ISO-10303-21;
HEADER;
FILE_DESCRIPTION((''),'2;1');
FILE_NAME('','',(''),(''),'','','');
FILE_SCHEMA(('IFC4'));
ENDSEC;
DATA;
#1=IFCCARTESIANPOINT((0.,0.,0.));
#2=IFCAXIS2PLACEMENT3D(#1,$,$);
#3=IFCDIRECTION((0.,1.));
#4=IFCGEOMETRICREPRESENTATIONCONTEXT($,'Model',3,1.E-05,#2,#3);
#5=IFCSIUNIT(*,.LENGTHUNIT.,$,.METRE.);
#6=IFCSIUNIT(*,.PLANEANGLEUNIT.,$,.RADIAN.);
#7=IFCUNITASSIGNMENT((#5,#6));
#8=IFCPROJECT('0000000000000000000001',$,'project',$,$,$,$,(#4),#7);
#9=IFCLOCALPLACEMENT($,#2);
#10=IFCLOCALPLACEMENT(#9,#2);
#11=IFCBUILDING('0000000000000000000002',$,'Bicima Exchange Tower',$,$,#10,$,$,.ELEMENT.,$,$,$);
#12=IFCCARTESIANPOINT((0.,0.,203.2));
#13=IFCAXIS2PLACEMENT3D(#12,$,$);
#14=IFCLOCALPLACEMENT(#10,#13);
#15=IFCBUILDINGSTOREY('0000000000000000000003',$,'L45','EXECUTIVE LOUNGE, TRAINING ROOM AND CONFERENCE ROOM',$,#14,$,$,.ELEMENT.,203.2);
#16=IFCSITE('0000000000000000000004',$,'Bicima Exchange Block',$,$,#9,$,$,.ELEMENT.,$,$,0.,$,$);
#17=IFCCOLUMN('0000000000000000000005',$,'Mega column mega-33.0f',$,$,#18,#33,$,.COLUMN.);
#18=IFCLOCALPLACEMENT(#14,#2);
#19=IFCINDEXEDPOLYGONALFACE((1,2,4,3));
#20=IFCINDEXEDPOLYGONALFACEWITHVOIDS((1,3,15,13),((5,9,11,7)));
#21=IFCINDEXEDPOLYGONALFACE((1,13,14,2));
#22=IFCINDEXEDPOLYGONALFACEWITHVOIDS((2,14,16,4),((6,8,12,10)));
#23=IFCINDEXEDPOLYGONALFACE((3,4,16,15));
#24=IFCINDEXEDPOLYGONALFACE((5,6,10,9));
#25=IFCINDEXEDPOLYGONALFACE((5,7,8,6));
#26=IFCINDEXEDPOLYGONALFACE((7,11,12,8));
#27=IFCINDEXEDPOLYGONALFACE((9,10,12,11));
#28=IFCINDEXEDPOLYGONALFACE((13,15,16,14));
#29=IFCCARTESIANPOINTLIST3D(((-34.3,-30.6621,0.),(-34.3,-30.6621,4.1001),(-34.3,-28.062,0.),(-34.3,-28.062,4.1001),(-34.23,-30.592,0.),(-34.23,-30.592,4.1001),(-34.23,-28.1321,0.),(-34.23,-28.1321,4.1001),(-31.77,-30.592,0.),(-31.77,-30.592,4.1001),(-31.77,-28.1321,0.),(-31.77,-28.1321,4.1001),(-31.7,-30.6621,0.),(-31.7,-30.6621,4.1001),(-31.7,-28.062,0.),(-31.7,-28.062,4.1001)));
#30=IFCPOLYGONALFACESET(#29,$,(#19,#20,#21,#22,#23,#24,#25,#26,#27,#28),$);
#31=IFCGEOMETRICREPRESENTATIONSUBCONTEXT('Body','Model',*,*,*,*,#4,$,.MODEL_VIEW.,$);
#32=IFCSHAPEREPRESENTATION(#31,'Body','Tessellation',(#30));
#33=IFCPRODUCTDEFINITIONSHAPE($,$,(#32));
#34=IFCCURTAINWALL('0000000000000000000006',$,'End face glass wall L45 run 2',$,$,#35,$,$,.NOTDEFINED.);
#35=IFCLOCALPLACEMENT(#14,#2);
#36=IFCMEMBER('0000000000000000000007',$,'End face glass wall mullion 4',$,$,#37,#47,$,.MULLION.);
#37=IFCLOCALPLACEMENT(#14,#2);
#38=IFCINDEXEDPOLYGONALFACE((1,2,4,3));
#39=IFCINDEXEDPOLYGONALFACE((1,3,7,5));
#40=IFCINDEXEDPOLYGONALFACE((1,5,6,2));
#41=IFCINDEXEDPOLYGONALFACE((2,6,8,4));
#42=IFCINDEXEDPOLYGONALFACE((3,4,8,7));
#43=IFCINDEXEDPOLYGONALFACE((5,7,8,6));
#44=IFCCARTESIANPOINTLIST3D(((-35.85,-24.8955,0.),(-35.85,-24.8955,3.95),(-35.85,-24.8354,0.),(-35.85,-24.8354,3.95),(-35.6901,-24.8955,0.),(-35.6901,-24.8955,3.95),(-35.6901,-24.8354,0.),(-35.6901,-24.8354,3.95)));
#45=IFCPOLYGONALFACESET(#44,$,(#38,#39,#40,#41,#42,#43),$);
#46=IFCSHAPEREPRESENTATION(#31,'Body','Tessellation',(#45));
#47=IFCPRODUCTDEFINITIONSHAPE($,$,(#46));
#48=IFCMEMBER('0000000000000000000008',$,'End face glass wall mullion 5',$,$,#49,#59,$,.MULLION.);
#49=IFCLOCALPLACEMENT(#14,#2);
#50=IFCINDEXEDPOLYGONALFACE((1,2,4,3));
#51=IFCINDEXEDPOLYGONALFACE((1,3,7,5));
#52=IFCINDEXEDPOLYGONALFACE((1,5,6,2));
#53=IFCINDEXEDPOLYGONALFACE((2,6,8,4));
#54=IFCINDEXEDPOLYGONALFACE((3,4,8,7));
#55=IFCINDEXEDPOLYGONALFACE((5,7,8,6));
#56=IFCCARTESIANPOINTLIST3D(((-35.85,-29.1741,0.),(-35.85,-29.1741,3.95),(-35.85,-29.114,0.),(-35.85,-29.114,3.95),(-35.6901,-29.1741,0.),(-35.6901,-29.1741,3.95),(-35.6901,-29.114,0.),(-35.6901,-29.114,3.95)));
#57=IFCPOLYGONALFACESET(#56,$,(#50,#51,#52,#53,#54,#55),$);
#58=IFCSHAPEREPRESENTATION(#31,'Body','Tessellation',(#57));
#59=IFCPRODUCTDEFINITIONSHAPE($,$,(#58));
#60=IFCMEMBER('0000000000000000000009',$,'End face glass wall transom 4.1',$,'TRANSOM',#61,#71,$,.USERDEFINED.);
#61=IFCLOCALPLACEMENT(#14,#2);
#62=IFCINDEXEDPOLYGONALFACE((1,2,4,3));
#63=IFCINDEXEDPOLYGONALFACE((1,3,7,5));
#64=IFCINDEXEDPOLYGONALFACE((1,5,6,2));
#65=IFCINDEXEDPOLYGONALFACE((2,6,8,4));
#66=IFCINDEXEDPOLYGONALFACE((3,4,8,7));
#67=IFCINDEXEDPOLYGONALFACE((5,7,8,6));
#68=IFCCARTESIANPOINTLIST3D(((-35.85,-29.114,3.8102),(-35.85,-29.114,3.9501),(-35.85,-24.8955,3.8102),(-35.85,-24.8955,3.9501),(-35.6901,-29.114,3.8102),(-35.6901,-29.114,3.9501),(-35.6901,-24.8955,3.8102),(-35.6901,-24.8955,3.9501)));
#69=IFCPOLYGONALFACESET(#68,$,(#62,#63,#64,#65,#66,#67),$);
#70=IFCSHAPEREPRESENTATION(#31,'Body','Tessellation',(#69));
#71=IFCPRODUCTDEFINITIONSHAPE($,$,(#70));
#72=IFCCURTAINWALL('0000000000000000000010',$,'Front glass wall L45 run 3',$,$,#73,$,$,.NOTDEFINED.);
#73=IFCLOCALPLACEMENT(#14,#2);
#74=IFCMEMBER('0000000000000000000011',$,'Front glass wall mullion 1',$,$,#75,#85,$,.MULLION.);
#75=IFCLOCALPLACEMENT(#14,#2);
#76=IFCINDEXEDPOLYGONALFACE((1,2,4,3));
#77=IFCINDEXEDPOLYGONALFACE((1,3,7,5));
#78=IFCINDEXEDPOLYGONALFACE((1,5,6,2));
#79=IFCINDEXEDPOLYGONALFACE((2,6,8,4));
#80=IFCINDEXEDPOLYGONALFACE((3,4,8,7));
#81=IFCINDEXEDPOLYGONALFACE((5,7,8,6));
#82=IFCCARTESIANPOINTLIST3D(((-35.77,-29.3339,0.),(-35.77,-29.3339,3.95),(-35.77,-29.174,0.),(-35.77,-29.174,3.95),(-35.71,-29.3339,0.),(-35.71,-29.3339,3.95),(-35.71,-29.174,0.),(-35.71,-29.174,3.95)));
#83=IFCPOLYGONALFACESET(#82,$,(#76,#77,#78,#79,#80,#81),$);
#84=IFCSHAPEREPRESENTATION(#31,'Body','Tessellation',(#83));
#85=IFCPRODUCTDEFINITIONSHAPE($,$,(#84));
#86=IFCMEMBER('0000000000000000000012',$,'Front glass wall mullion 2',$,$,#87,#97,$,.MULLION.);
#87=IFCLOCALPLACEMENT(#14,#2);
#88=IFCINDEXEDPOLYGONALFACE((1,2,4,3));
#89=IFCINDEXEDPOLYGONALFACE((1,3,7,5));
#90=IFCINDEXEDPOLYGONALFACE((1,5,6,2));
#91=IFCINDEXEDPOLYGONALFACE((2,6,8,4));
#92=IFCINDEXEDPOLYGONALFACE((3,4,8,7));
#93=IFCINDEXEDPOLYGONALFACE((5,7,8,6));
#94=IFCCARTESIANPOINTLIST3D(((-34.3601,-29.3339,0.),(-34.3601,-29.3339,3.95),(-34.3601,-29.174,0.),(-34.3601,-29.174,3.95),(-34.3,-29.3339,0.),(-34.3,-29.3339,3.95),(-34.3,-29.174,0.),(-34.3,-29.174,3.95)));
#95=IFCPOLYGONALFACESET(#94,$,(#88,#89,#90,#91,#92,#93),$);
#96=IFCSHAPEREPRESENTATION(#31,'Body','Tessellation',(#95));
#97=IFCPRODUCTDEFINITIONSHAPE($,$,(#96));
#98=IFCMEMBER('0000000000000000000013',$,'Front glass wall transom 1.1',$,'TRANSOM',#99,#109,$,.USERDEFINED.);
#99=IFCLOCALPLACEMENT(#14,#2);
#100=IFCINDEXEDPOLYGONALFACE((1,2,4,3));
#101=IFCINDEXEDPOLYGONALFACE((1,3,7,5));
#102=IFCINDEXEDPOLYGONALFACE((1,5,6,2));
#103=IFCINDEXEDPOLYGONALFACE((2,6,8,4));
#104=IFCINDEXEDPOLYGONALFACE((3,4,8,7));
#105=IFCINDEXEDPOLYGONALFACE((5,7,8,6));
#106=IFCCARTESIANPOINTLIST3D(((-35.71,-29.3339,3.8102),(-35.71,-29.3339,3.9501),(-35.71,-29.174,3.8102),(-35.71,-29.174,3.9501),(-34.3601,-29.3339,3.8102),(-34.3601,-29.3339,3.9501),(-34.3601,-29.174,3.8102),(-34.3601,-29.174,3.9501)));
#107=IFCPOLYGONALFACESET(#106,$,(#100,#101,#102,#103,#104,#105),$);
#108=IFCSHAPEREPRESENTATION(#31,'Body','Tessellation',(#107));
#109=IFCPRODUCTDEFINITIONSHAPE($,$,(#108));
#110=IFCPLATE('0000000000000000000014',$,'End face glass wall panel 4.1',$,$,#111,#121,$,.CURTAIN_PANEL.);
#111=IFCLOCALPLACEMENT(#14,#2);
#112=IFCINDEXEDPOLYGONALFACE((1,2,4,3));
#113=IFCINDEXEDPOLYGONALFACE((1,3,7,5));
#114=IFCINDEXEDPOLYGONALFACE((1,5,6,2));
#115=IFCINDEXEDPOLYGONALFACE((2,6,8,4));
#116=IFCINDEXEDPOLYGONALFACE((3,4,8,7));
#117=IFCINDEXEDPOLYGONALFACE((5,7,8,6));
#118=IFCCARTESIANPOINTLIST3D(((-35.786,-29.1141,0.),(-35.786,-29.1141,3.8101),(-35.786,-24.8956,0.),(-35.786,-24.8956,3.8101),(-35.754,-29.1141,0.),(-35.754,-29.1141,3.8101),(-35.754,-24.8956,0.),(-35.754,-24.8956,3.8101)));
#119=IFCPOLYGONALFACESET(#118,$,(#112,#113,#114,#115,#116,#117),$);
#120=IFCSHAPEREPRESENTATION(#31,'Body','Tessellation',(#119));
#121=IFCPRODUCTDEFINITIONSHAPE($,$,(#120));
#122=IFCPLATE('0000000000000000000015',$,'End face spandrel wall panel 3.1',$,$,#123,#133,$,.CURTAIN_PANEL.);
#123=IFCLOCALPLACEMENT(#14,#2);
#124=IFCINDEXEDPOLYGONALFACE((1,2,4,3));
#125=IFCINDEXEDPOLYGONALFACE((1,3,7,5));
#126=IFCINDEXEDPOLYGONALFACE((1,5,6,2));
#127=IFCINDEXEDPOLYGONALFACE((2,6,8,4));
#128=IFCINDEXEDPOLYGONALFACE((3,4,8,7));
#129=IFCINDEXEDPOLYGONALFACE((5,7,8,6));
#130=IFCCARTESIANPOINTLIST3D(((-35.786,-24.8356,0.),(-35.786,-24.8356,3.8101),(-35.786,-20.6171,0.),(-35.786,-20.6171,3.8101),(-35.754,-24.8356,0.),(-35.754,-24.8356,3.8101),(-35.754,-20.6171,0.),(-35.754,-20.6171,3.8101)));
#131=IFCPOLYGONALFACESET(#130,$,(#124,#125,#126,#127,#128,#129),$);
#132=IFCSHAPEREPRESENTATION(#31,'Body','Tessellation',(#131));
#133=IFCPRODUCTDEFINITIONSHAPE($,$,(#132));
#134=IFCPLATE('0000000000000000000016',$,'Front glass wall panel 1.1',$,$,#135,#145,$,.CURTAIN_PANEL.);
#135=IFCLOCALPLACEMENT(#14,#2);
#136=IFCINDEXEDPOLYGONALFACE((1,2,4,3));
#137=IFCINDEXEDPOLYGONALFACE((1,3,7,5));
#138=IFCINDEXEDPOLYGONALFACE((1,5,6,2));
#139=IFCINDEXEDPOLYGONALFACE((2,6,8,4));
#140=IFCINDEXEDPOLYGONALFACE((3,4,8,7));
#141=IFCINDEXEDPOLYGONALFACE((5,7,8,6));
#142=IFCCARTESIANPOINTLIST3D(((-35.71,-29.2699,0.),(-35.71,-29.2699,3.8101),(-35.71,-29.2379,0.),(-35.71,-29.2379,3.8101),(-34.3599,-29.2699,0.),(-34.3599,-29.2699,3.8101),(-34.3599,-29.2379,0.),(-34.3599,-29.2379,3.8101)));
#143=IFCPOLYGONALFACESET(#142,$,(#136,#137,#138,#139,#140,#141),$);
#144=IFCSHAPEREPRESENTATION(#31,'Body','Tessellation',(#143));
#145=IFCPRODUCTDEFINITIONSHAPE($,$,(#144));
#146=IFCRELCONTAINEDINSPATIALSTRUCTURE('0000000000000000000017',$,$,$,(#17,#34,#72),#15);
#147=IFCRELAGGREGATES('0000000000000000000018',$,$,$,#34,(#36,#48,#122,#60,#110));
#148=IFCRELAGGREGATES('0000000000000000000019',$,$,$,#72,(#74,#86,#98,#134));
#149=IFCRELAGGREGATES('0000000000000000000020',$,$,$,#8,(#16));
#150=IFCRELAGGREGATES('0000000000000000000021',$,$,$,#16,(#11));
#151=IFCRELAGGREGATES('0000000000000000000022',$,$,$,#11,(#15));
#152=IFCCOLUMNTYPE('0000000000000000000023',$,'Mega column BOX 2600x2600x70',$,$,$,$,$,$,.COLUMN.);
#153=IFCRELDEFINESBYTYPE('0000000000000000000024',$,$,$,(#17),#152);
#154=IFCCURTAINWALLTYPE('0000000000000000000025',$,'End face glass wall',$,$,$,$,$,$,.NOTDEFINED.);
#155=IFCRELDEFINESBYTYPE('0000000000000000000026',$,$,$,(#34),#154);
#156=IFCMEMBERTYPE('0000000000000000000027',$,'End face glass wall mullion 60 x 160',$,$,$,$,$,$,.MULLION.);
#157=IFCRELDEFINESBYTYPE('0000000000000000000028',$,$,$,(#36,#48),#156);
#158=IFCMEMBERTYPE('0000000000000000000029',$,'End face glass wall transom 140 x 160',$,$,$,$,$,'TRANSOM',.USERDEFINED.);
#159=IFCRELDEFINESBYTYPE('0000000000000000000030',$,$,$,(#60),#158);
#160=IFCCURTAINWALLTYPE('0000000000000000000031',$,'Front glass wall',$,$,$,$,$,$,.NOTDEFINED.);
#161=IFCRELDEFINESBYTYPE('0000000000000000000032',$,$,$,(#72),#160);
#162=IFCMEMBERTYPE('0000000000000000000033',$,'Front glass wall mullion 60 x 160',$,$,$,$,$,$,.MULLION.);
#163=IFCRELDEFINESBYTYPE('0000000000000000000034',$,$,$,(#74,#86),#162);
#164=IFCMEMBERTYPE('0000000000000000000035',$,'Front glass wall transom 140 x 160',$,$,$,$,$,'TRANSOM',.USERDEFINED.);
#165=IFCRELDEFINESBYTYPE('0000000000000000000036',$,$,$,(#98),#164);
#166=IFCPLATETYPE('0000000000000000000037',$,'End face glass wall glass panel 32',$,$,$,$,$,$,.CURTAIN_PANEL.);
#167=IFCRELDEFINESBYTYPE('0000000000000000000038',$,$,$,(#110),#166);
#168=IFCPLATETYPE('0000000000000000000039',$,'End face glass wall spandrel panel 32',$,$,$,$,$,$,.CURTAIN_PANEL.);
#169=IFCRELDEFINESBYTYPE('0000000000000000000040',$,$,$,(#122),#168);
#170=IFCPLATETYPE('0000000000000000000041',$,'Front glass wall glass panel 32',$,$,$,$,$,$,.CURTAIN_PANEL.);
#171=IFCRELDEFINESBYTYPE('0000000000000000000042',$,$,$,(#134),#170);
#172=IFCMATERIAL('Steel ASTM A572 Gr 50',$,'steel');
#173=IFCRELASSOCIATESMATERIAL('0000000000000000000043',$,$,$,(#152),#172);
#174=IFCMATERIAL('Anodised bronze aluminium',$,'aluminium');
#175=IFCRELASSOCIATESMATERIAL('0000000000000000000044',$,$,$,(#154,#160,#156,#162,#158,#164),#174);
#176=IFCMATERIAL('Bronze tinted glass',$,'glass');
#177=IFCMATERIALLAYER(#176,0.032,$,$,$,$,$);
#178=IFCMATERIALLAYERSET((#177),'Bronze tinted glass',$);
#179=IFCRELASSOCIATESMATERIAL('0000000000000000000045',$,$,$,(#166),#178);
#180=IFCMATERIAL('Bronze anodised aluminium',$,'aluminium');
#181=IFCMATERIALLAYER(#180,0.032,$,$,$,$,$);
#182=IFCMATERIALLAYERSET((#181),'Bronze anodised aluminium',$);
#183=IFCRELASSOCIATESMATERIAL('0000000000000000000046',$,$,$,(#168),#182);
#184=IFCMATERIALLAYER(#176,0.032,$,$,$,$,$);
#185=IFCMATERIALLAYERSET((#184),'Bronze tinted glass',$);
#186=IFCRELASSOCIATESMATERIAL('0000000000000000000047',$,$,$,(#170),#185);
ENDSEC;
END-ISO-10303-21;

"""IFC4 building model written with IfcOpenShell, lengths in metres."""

from ifc_helpers import new_model, si_unit, direction, frame, origin, origin_2d, place, context, subcontext, project, spatial, rectangle, hollow_rectangle, extrude, material, layer, layer_set, material_profile, profile_set, type_object, element, aggregate, save


model = new_model("IFC4")

# Units and contexts
model_context = context("Model", 3, precision=1e-05, world=origin(), true_north=direction((0.0, 1.0)))
body_context = subcontext(model_context, "Body", "Model", "MODEL_VIEW")
ifc_project = project(units=[si_unit("LENGTHUNIT", "METRE"), si_unit("PLANEANGLEUNIT", "RADIAN")], contexts=[model_context])

# Site, building, storey
site_placement = place(None, origin())
site = spatial("IfcSite", under=ifc_project, at=site_placement, Name="Bicima Exchange Block", CompositionType="ELEMENT", RefElevation=0.0)
building_placement = place(site_placement, origin())
building = spatial("IfcBuilding", under=site, at=building_placement, Name="Bicima Exchange Tower", CompositionType="ELEMENT")
storey_placement = place(building_placement, frame((0.0, 0.0, 203.2)))
storey = spatial("IfcBuildingStorey", under=building, at=storey_placement, Name="L45", Description="EXECUTIVE LOUNGE, TRAINING ROOM AND CONFERENCE ROOM", CompositionType="ELEMENT", Elevation=203.2)

# Column
ifc_material_1 = material(Name="Steel ASTM A572 Gr 50", Category="steel")
ifc_material_profile_1 = material_profile(ifc_material_1, hollow_rectangle(XDim=2.6001, YDim=2.6001, WallThickness=0.0701, at=origin_2d()))
ifc_profile_set_1 = profile_set([ifc_material_profile_1], Name="Steel ASTM A572 Gr 50")
column_type = type_object("IfcColumnType", Name="Mega column BOX 2600x2600x70", PredefinedType="COLUMN", material=ifc_profile_set_1)
column_placement = place(storey_placement, frame((-33.0, -29.3621, 0.0), z_axis=(0.0, 0.0, 1.0), x_axis=(1.0, 0.0, 0.0)))
element("IfcColumn", 1, at=column_placement, inside=storey, type_object=column_type, Name="Mega column mega-33.0f", PredefinedType="COLUMN", context=body_context, shape_type="SweptSolid", body=[
    extrude(hollow_rectangle(XDim=2.6001, YDim=2.6001, WallThickness=0.0701, at=origin_2d()), origin(), (0.0, 0.0, 1.0), 4.1001),
])

# Curtain walls, members
ifc_material_2 = material(Name="Anodised bronze aluminium", Category="aluminium")
curtain_wall_type_1 = type_object("IfcCurtainWallType", Name="End face glass wall", PredefinedType="NOTDEFINED", material=ifc_material_2)
curtain_wall_1_placement = place(storey_placement, origin())
curtain_wall_1 = element("IfcCurtainWall", 2, at=curtain_wall_1_placement, inside=storey, type_object=curtain_wall_type_1, Name="End face glass wall L45 run 2", PredefinedType="NOTDEFINED")
ifc_material_profile_2 = material_profile(ifc_material_2, rectangle(XDim=0.1599, YDim=0.0601, at=origin_2d()))
ifc_profile_set_2 = profile_set([ifc_material_profile_2], Name="Anodised bronze aluminium")
member_type_1 = type_object("IfcMemberType", Name="End face glass wall mullion 60 x 160", PredefinedType="MULLION", material=ifc_profile_set_2)
member_1_placement = place(storey_placement, frame((-35.77, -24.8655, 0.0), z_axis=(0.0, 0.0, 1.0), x_axis=(1.0, 0.0, 0.0)))
member_1 = element("IfcMember", 3, at=member_1_placement, type_object=member_type_1, Name="End face glass wall mullion 4", PredefinedType="MULLION", context=body_context, shape_type="SweptSolid", body=[
    extrude(rectangle(XDim=0.1599, YDim=0.0601, at=origin_2d()), origin(), (0.0, 0.0, 1.0), 3.95),
])
member_2_placement = place(storey_placement, frame((-35.77, -29.144, 0.0), z_axis=(0.0, 0.0, 1.0), x_axis=(1.0, 0.0, 0.0)))
member_2 = element("IfcMember", 4, at=member_2_placement, type_object=member_type_1, Name="End face glass wall mullion 5", PredefinedType="MULLION", context=body_context, shape_type="SweptSolid", body=[
    extrude(rectangle(XDim=0.1599, YDim=0.0601, at=origin_2d()), origin(), (0.0, 0.0, 1.0), 3.95),
])
ifc_material_profile_3 = material_profile(ifc_material_2, rectangle(XDim=0.1599, YDim=0.1399, at=origin_2d()))
ifc_profile_set_3 = profile_set([ifc_material_profile_3], Name="Anodised bronze aluminium")
member_type_2 = type_object("IfcMemberType", Name="End face glass wall transom 140 x 160", ElementType="TRANSOM", PredefinedType="USERDEFINED", material=ifc_profile_set_3)
member_3_placement = place(storey_placement, frame((-35.77, -24.8955, 3.8801), z_axis=(0.0, -1.0, 0.0), x_axis=(1.0, 0.0, 0.0)))
member_3 = element("IfcMember", 5, at=member_3_placement, type_object=member_type_2, Name="End face glass wall transom 4.1", ObjectType="TRANSOM", PredefinedType="USERDEFINED", context=body_context, shape_type="SweptSolid", body=[
    extrude(rectangle(XDim=0.1599, YDim=0.1399, at=origin_2d()), origin(), (0.0, 0.0, 1.0), 4.2185),
])
curtain_wall_type_2 = type_object("IfcCurtainWallType", Name="Front glass wall", PredefinedType="NOTDEFINED", material=ifc_material_2)
curtain_wall_2_placement = place(storey_placement, origin())
curtain_wall_2 = element("IfcCurtainWall", 6, at=curtain_wall_2_placement, inside=storey, type_object=curtain_wall_type_2, Name="Front glass wall L45 run 3", PredefinedType="NOTDEFINED")
member_type_3 = type_object("IfcMemberType", Name="Front glass wall mullion 60 x 160", PredefinedType="MULLION", material=ifc_profile_set_2)
member_4_placement = place(storey_placement, frame((-35.74, -29.2539, 0.0), z_axis=(0.0, 0.0, 1.0), x_axis=(0.0, 1.0, 0.0)))
member_4 = element("IfcMember", 7, at=member_4_placement, type_object=member_type_3, Name="Front glass wall mullion 1", PredefinedType="MULLION", context=body_context, shape_type="SweptSolid", body=[
    extrude(rectangle(XDim=0.1599, YDim=0.0601, at=origin_2d()), origin(), (0.0, 0.0, 1.0), 3.95),
])
member_5_placement = place(storey_placement, frame((-34.3301, -29.2539, 0.0), z_axis=(0.0, 0.0, 1.0), x_axis=(0.0, 1.0, 0.0)))
member_5 = element("IfcMember", 8, at=member_5_placement, type_object=member_type_3, Name="Front glass wall mullion 2", PredefinedType="MULLION", context=body_context, shape_type="SweptSolid", body=[
    extrude(rectangle(XDim=0.1599, YDim=0.0601, at=origin_2d()), origin(), (0.0, 0.0, 1.0), 3.95),
])
member_type_4 = type_object("IfcMemberType", Name="Front glass wall transom 140 x 160", ElementType="TRANSOM", PredefinedType="USERDEFINED", material=ifc_profile_set_3)
member_6_placement = place(storey_placement, frame((-35.71, -29.2539, 3.8801), z_axis=(1.0, 0.0, 0.0), x_axis=(0.0, 1.0, 0.0)))
member_6 = element("IfcMember", 9, at=member_6_placement, type_object=member_type_4, Name="Front glass wall transom 1.1", ObjectType="TRANSOM", PredefinedType="USERDEFINED", context=body_context, shape_type="SweptSolid", body=[
    extrude(rectangle(XDim=0.1599, YDim=0.1399, at=origin_2d()), origin(), (0.0, 0.0, 1.0), 1.3499),
])

# Plates
ifc_material_3 = material(Name="Bronze tinted glass", Category="glass")
ifc_layer_1 = layer(ifc_material_3, 0.032)
ifc_layer_set_1 = layer_set([ifc_layer_1], Name="Bronze tinted glass")
plate_type_1 = type_object("IfcPlateType", Name="End face glass wall glass panel 32", PredefinedType="CURTAIN_PANEL", material=ifc_layer_set_1)
plate_1_placement = place(storey_placement, frame((-35.77, -27.0049, 0.0), z_axis=(0.0, 0.0, 1.0), x_axis=(0.0, -1.0, 0.0)))
plate_1 = element("IfcPlate", 10, at=plate_1_placement, type_object=plate_type_1, Name="End face glass wall panel 4.1", PredefinedType="CURTAIN_PANEL", context=body_context, shape_type="SweptSolid", body=[
    extrude(rectangle(XDim=4.2185, YDim=0.032, at=origin_2d()), origin(), (0.0, 0.0, 1.0), 3.8101),
])
ifc_material_4 = material(Name="Bronze anodised aluminium", Category="aluminium")
ifc_layer_2 = layer(ifc_material_4, 0.032)
ifc_layer_set_2 = layer_set([ifc_layer_2], Name="Bronze anodised aluminium")
plate_type_2 = type_object("IfcPlateType", Name="End face glass wall spandrel panel 32", PredefinedType="CURTAIN_PANEL", material=ifc_layer_set_2)
plate_2_placement = place(storey_placement, frame((-35.77, -22.7263, 0.0), z_axis=(0.0, 0.0, 1.0), x_axis=(0.0, -1.0, 0.0)))
plate_2 = element("IfcPlate", 11, at=plate_2_placement, type_object=plate_type_2, Name="End face spandrel wall panel 3.1", PredefinedType="CURTAIN_PANEL", context=body_context, shape_type="SweptSolid", body=[
    extrude(rectangle(XDim=4.2185, YDim=0.032, at=origin_2d()), origin(), (0.0, 0.0, 1.0), 3.8101),
])
aggregate(curtain_wall_1, [member_1, member_2, plate_2, member_3, plate_1])
ifc_layer_3 = layer(ifc_material_3, 0.032)
ifc_layer_set_3 = layer_set([ifc_layer_3], Name="Bronze tinted glass")
plate_type_3 = type_object("IfcPlateType", Name="Front glass wall glass panel 32", PredefinedType="CURTAIN_PANEL", material=ifc_layer_set_3)
plate_3_placement = place(storey_placement, frame((-35.0349, -29.2539, 0.0), z_axis=(0.0, 0.0, 1.0), x_axis=(1.0, 0.0, 0.0)))
plate_3 = element("IfcPlate", 12, at=plate_3_placement, type_object=plate_type_3, Name="Front glass wall panel 1.1", PredefinedType="CURTAIN_PANEL", context=body_context, shape_type="SweptSolid", body=[
    extrude(rectangle(XDim=1.3501, YDim=0.032, at=origin_2d()), origin(), (0.0, 0.0, 1.0), 3.8101),
])
aggregate(curtain_wall_2, [member_4, member_5, member_6, plate_3])

save(model, "model.ifc")
